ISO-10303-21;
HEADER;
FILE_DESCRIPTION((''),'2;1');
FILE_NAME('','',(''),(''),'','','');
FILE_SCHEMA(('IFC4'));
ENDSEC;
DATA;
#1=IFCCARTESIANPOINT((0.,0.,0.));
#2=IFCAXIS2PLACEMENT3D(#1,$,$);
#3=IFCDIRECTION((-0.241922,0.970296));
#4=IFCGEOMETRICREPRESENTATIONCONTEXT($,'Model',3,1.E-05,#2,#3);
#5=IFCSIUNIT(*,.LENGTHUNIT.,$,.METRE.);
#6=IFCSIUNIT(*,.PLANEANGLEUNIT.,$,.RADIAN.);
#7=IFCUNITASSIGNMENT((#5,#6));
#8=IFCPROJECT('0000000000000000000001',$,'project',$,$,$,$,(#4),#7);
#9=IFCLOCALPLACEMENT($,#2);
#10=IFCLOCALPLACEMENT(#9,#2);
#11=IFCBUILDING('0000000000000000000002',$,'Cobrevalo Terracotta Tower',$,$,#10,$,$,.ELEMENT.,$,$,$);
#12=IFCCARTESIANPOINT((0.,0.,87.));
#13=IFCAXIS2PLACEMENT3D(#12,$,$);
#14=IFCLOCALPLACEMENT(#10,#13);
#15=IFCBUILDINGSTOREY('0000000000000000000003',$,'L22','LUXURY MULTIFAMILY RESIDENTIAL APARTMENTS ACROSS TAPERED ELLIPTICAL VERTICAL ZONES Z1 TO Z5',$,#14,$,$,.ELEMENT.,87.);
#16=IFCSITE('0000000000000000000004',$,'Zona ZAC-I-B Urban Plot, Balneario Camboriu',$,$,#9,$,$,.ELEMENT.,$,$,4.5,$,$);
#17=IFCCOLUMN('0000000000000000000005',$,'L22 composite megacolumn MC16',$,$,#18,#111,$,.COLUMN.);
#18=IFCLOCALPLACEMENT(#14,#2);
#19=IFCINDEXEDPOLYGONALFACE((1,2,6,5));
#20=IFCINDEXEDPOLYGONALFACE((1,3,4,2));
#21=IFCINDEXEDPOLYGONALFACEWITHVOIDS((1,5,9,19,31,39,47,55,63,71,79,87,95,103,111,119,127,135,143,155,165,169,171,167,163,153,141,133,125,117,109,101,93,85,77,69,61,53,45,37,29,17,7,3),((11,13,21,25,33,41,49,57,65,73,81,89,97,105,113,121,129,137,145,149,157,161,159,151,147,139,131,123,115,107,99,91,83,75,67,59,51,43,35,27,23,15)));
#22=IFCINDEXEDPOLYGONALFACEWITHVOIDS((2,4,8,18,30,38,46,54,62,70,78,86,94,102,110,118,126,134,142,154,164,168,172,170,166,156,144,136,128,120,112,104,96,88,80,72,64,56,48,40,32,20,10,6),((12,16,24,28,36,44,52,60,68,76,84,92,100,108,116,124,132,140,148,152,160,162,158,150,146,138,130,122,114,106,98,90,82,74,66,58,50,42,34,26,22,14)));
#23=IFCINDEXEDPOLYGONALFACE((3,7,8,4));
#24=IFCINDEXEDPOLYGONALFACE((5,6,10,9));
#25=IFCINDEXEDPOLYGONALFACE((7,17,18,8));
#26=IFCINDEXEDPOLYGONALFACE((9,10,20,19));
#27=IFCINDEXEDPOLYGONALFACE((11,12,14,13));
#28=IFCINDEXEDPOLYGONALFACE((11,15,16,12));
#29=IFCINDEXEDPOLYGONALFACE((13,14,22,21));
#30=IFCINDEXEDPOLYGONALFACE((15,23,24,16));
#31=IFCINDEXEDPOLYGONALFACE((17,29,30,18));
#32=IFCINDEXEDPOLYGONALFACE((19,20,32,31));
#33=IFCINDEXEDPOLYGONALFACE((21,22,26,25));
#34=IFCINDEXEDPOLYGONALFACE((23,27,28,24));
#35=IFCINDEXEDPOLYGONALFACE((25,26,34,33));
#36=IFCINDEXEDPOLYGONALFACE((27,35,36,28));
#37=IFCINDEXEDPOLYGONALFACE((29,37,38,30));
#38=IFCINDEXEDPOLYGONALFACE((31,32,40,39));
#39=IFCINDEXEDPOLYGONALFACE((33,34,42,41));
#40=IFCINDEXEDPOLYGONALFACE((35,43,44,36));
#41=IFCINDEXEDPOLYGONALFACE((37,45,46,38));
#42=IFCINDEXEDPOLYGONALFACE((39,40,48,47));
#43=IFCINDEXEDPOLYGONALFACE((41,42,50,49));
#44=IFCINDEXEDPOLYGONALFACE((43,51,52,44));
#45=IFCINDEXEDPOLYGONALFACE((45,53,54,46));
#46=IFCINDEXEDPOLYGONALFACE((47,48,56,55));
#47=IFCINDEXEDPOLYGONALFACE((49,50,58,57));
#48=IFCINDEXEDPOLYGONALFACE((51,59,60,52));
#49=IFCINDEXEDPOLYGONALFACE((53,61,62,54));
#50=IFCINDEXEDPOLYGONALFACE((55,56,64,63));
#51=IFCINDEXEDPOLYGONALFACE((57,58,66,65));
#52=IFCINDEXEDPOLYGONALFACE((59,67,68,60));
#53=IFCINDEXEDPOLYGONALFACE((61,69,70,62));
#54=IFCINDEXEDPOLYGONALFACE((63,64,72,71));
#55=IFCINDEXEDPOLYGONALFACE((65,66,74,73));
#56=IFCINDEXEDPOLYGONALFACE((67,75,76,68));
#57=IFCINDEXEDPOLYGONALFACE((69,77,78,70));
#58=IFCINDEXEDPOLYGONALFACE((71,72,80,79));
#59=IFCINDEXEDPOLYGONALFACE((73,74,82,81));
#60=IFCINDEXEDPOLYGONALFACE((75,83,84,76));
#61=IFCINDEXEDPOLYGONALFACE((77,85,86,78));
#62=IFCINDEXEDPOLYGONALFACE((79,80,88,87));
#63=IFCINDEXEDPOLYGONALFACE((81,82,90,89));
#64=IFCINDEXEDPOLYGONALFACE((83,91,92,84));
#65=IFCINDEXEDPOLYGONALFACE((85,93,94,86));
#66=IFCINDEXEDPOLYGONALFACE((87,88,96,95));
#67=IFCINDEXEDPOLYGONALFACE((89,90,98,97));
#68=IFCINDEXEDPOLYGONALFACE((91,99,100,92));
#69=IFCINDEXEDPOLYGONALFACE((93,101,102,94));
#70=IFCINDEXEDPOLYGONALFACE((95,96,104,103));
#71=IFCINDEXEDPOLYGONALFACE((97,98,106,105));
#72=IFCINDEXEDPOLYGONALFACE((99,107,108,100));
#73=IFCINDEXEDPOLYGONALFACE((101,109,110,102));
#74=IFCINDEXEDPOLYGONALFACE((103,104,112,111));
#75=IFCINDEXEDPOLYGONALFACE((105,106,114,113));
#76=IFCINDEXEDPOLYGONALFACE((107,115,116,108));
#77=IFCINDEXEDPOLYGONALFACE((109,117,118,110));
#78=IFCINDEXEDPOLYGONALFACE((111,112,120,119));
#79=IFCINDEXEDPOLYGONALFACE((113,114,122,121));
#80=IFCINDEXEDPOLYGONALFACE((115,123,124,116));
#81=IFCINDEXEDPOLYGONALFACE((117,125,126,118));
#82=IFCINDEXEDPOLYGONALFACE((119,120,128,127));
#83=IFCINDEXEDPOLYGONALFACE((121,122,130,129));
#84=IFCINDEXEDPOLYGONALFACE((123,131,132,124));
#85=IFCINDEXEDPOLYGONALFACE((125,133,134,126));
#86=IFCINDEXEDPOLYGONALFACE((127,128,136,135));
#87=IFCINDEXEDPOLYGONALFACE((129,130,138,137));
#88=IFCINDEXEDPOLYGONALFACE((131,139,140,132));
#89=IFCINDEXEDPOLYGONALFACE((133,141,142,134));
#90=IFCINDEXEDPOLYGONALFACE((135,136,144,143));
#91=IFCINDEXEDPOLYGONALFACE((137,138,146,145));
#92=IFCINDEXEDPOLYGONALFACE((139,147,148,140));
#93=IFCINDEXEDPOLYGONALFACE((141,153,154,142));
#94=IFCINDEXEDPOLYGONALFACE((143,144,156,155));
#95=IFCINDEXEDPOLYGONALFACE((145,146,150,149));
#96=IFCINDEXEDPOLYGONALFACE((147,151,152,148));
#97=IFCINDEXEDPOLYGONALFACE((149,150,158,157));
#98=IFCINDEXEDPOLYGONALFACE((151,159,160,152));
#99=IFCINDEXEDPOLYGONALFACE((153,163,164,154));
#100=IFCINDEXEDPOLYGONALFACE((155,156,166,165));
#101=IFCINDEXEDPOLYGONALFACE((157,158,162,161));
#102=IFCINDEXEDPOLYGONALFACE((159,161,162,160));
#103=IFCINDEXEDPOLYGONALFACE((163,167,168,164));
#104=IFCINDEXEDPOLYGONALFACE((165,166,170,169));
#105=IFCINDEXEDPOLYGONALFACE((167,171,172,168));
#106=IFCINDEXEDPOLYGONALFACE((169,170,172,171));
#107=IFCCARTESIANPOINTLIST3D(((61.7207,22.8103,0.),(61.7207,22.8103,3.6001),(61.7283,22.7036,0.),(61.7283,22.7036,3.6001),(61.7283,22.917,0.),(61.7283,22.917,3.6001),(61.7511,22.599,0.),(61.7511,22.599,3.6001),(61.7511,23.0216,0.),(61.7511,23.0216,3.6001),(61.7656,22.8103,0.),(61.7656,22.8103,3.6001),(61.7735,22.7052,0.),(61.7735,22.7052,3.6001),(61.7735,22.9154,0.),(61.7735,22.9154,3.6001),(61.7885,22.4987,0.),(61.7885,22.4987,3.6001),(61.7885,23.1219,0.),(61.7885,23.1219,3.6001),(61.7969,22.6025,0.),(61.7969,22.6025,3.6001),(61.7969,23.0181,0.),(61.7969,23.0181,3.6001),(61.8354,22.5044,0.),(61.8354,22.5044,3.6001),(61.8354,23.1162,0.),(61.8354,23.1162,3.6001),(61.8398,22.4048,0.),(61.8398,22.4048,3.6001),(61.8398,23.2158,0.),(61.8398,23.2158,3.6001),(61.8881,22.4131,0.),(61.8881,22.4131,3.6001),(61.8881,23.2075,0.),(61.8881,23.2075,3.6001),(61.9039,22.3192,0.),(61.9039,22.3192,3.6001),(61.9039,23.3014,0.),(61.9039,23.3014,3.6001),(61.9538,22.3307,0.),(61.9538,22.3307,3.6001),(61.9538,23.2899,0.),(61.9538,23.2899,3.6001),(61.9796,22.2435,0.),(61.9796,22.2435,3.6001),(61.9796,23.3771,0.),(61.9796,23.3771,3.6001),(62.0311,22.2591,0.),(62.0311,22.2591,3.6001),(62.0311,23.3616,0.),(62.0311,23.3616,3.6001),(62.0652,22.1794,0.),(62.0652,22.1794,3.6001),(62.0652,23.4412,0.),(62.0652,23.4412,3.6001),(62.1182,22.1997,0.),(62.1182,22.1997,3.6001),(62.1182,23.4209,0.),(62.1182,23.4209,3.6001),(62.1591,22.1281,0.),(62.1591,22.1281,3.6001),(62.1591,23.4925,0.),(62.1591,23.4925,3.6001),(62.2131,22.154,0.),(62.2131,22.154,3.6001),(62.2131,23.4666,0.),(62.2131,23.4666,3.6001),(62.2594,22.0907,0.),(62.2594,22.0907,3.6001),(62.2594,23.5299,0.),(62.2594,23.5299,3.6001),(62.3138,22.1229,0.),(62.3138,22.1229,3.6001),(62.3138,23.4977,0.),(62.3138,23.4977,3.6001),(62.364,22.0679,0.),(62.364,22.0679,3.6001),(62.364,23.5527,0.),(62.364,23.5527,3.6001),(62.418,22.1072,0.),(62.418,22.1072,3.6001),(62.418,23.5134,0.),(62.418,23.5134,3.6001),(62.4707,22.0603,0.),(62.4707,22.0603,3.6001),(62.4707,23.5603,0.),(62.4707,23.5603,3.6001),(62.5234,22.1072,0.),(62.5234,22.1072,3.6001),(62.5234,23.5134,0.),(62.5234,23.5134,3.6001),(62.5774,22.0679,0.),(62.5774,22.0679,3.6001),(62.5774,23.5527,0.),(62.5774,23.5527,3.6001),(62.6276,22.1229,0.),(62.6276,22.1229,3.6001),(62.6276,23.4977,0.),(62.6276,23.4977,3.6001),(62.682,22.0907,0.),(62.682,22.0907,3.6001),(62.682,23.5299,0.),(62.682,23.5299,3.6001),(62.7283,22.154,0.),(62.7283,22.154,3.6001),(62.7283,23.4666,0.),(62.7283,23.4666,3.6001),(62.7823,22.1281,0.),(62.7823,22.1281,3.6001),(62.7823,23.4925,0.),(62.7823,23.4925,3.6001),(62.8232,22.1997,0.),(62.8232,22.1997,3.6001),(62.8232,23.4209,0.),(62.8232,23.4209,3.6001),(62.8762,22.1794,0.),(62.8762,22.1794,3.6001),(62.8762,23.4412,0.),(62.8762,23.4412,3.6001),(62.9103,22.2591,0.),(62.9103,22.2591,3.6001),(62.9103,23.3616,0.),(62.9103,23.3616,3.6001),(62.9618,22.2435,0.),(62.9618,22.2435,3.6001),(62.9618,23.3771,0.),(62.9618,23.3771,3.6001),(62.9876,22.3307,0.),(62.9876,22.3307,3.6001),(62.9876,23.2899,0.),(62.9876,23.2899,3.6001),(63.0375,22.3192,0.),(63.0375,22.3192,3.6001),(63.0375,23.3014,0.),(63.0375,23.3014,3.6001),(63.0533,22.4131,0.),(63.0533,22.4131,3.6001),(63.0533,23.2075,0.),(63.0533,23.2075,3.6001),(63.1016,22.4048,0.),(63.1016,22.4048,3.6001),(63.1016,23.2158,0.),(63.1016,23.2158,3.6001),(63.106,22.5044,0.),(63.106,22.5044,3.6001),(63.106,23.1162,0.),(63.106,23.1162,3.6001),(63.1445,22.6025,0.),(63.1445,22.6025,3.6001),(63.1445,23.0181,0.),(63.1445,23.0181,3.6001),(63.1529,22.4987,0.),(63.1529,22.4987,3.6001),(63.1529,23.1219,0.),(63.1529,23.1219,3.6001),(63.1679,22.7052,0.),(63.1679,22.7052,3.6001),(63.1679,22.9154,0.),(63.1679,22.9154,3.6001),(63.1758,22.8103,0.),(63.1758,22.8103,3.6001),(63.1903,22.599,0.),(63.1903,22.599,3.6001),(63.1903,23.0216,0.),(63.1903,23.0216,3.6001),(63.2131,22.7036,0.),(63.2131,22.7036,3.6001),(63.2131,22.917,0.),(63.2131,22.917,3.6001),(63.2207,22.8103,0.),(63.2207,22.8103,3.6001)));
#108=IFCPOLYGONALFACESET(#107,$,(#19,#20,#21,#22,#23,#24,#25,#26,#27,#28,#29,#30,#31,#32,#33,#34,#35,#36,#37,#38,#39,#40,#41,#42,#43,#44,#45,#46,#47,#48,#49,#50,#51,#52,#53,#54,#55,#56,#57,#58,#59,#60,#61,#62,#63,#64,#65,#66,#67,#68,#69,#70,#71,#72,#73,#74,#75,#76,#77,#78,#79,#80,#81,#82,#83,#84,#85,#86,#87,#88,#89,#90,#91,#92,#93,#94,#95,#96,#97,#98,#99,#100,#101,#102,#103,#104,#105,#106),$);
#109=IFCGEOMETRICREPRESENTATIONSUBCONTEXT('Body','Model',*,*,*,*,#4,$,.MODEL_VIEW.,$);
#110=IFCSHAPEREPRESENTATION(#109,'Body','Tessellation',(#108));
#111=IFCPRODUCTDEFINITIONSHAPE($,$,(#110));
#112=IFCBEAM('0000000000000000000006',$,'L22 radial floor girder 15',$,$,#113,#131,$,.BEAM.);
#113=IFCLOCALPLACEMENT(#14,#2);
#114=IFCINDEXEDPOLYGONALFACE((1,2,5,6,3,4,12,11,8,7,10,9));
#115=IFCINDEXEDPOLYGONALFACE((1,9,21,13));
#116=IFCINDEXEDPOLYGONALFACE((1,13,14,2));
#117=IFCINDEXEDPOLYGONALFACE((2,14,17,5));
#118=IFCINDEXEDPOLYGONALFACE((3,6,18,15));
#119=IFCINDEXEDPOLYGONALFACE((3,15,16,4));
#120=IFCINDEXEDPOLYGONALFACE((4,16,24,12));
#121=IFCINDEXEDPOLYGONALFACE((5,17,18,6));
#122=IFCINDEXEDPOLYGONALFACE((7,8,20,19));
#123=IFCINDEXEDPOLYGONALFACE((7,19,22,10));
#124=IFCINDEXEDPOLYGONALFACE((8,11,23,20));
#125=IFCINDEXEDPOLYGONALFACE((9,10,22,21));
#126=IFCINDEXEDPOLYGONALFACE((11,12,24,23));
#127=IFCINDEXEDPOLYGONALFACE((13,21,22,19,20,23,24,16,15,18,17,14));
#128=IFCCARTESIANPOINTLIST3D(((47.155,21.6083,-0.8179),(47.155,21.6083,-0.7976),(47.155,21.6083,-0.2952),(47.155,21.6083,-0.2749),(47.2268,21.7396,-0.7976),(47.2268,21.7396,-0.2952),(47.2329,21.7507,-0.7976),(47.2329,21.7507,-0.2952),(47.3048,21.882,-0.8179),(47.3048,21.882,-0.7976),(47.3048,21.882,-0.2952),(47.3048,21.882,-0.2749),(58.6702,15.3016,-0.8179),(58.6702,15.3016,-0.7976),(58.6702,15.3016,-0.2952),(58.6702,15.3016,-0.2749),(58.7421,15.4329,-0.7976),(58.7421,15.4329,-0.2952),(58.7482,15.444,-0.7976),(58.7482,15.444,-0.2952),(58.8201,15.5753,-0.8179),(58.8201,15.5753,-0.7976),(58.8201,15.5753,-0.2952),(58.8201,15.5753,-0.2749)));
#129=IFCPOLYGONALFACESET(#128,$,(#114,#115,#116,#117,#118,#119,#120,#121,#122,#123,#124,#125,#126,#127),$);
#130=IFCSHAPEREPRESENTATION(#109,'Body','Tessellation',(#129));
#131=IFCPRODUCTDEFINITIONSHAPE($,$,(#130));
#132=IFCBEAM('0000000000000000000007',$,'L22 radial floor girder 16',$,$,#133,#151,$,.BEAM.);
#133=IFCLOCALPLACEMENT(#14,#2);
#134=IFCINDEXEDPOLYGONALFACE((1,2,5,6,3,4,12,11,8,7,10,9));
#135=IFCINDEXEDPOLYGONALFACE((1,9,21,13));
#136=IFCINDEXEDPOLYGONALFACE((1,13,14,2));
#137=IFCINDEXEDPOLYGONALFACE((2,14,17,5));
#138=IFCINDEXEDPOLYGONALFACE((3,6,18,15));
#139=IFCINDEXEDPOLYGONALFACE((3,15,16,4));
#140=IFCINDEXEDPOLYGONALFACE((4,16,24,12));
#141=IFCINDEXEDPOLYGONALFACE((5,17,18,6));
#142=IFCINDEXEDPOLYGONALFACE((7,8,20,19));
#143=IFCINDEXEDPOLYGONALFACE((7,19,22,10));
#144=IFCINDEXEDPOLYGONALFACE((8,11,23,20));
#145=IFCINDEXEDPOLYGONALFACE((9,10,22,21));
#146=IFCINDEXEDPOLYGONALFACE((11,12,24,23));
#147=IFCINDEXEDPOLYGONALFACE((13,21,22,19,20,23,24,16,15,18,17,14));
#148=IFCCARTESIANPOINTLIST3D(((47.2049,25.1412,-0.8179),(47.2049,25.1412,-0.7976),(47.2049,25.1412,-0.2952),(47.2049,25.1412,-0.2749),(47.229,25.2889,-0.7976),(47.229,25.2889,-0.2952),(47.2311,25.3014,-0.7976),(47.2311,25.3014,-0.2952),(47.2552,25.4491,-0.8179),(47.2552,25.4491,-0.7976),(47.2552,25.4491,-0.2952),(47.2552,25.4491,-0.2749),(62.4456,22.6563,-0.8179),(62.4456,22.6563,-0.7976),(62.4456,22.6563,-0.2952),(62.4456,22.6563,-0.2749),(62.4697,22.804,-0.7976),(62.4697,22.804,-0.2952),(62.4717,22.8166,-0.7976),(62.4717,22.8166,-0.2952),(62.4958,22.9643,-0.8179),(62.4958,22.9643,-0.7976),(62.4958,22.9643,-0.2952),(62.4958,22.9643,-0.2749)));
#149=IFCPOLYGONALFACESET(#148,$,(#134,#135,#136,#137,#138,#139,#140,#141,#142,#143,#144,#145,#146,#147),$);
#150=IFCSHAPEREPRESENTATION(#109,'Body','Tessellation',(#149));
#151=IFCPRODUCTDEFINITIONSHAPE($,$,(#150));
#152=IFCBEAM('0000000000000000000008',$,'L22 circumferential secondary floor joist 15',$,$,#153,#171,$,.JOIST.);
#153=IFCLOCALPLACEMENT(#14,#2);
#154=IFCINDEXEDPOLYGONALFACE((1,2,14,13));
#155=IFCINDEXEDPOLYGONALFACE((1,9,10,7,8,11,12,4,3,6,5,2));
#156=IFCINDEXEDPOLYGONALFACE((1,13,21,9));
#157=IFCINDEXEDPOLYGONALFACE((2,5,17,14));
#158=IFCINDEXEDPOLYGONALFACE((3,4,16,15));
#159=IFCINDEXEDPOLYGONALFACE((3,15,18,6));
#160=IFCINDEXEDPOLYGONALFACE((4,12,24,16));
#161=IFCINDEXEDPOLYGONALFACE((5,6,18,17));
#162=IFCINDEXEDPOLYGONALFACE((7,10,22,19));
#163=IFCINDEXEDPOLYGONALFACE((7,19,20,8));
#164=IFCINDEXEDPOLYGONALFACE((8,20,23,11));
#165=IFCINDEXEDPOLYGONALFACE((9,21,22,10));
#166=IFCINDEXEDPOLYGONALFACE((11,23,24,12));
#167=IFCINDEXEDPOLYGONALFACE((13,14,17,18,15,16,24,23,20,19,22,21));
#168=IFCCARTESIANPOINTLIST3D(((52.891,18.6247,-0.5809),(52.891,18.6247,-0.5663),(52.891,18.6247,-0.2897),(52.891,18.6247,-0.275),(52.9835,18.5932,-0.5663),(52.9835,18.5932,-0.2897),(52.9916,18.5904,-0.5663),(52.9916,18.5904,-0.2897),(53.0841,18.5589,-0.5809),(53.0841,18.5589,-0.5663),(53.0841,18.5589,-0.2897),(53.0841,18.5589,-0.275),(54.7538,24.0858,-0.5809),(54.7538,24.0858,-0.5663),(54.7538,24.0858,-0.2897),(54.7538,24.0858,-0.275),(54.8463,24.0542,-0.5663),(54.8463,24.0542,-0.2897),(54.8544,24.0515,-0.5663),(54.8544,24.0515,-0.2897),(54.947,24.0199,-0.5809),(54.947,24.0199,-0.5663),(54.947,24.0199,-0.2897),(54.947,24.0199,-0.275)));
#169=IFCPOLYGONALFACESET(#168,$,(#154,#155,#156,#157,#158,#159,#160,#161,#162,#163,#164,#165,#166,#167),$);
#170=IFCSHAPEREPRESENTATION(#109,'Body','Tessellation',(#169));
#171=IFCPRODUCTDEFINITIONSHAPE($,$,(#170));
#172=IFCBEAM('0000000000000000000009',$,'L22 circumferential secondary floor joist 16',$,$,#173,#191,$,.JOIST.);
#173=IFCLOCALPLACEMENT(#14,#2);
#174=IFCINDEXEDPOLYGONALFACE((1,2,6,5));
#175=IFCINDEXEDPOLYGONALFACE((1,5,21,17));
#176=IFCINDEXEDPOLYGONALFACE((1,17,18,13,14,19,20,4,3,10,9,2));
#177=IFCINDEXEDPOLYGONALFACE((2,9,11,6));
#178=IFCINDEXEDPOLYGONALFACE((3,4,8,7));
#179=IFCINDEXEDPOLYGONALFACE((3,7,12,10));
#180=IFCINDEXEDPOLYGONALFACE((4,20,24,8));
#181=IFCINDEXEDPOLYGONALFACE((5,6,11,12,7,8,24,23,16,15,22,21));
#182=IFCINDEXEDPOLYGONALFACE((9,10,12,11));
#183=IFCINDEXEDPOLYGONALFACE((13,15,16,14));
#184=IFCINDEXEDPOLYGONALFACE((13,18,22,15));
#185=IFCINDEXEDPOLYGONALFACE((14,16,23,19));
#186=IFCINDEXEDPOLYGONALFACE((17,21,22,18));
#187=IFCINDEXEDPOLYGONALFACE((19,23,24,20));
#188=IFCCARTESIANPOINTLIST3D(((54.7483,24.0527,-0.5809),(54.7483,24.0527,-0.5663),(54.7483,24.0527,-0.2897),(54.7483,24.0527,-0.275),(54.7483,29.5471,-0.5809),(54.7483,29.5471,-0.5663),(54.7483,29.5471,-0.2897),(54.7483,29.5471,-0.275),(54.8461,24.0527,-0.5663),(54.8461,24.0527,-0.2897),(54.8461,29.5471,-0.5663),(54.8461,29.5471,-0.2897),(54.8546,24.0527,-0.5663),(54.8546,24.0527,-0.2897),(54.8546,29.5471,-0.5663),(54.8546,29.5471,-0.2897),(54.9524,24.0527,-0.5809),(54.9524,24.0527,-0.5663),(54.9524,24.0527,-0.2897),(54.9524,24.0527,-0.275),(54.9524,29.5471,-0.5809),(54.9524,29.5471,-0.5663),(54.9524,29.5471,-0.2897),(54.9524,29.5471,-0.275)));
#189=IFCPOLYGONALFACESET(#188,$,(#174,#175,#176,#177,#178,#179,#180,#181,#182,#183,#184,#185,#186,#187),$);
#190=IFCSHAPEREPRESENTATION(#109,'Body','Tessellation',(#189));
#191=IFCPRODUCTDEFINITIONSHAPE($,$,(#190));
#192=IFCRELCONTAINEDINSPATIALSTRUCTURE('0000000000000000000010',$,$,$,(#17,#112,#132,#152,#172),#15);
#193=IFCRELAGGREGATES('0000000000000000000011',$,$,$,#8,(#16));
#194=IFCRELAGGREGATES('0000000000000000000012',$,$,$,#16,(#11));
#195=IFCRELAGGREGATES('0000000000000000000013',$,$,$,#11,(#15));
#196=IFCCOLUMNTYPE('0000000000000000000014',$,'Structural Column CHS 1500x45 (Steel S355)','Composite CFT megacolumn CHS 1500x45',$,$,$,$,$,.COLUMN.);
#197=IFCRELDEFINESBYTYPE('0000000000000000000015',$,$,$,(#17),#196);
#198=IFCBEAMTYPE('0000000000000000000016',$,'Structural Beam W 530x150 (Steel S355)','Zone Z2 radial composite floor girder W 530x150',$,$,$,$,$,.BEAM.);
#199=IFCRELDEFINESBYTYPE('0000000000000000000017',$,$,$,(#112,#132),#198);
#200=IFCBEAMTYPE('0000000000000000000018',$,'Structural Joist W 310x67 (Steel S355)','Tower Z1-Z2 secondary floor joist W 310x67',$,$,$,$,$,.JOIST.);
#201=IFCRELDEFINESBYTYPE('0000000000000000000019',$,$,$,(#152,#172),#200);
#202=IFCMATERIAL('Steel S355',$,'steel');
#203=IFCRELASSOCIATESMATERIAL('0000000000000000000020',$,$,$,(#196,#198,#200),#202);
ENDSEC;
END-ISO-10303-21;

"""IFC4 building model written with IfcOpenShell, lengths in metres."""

from ifc_helpers import new_model, si_unit, direction, frame, origin, origin_2d, place, context, subcontext, project, spatial, hollow_circle, i_section, extrude, material, material_profile, profile_set, type_object, element, save


model = new_model("IFC4")

# Units and contexts
model_context = context("Model", 3, precision=1e-05, world=origin(), true_north=direction((-0.241922, 0.970296)))
body_context = subcontext(model_context, "Body", "Model", "MODEL_VIEW")
ifc_project = project(units=[si_unit("LENGTHUNIT", "METRE"), si_unit("PLANEANGLEUNIT", "RADIAN")], contexts=[model_context])

# Site, building, storey
site_placement = place(None, origin())
site = spatial("IfcSite", under=ifc_project, at=site_placement, Name="Zona ZAC-I-B Urban Plot, Balneario Camboriu", CompositionType="ELEMENT", RefElevation=4.5)
building_placement = place(site_placement, origin())
building = spatial("IfcBuilding", under=site, at=building_placement, Name="Cobrevalo Terracotta Tower", CompositionType="ELEMENT")
storey_placement = place(building_placement, frame((0.0, 0.0, 87.0)))
storey = spatial("IfcBuildingStorey", under=building, at=storey_placement, Name="L22", Description="LUXURY MULTIFAMILY RESIDENTIAL APARTMENTS ACROSS TAPERED ELLIPTICAL VERTICAL ZONES Z1 TO Z5", CompositionType="ELEMENT", Elevation=87.0)

# Column
ifc_material_1 = material(Name="Steel S355", Category="steel")
ifc_material_profile_1 = material_profile(ifc_material_1, hollow_circle(Radius=0.75, WallThickness=0.0449, at=origin_2d()), Name="CHS 1500x45")
ifc_profile_set_1 = profile_set([ifc_material_profile_1], Name="Steel S355")
column_type = type_object("IfcColumnType", Name="Structural Column CHS 1500x45 (Steel S355)", Description="Composite CFT megacolumn CHS 1500x45", PredefinedType="COLUMN", material=ifc_profile_set_1)
column_placement = place(storey_placement, frame((62.4707, 22.8103, 0.0), z_axis=(0.0, 0.0, 1.0), x_axis=(1.0, 0.0, 0.0)))
element("IfcColumn", 1, at=column_placement, inside=storey, type_object=column_type, Name="L22 composite megacolumn MC16", PredefinedType="COLUMN", context=body_context, shape_type="SweptSolid", body=[
    extrude(hollow_circle(Radius=0.75, WallThickness=0.0449, at=origin_2d()), origin(), (0.0, 0.0, 1.0), 3.6001),
])

# Beams
ifc_material_profile_2 = material_profile(ifc_material_1, i_section(OverallWidth=0.312, OverallDepth=0.543, WebThickness=0.0127, FlangeThickness=0.0203, at=origin_2d()), Name="W 530x150")
ifc_profile_set_2 = profile_set([ifc_material_profile_2], Name="Steel S355")
beam_type_1 = type_object("IfcBeamType", Name="Structural Beam W 530x150 (Steel S355)", Description="Zone Z2 radial composite floor girder W 530x150", PredefinedType="BEAM", material=ifc_profile_set_2)
beam_1_placement = place(storey_placement, frame((58.7451, 15.4385, -0.5464), z_axis=(-0.877073, 0.480358, 0.0), x_axis=(-0.480358, -0.877073, 0.0)))
element("IfcBeam", 2, at=beam_1_placement, inside=storey, type_object=beam_type_1, Name="L22 radial floor girder 15", PredefinedType="BEAM", context=body_context, shape_type="SweptSolid", body=[
    extrude(i_section(OverallWidth=0.312, OverallDepth=0.543, WebThickness=0.0127, FlangeThickness=0.0203, at=origin_2d()), origin(), (0.0, 0.0, 1.0), 13.1292),
])
beam_2_placement = place(storey_placement, frame((62.4707, 22.8103, -0.5464), z_axis=(-0.986968, 0.160916, 0.0), x_axis=(-0.160916, -0.986968, 0.0)))
element("IfcBeam", 3, at=beam_2_placement, inside=storey, type_object=beam_type_1, Name="L22 radial floor girder 16", PredefinedType="BEAM", context=body_context, shape_type="SweptSolid", body=[
    extrude(i_section(OverallWidth=0.312, OverallDepth=0.543, WebThickness=0.0127, FlangeThickness=0.0203, at=origin_2d()), origin(), (0.0, 0.0, 1.0), 15.4419),
])
ifc_material_profile_3 = material_profile(ifc_material_1, i_section(OverallWidth=0.2041, OverallDepth=0.3059, WebThickness=0.0085, FlangeThickness=0.0146, at=origin_2d()), Name="W 310x67")
ifc_profile_set_3 = profile_set([ifc_material_profile_3], Name="Steel S355")
beam_type_2 = type_object("IfcBeamType", Name="Structural Joist W 310x67 (Steel S355)", Description="Tower Z1-Z2 secondary floor joist W 310x67", PredefinedType="JOIST", material=ifc_profile_set_3)
beam_3_placement = place(storey_placement, frame((52.9875, 18.5918, -0.428), z_axis=(0.322846, 0.946451, 0.0), x_axis=(-0.946451, 0.322846, 0.0)))
element("IfcBeam", 4, at=beam_3_placement, inside=storey, type_object=beam_type_2, Name="L22 circumferential secondary floor joist 15", PredefinedType="JOIST", context=body_context, shape_type="SweptSolid", body=[
    extrude(i_section(OverallWidth=0.2041, OverallDepth=0.3059, WebThickness=0.0085, FlangeThickness=0.0146, at=origin_2d()), origin(), (0.0, 0.0, 1.0), 5.77),
])
beam_4_placement = place(storey_placement, frame((54.8503, 24.0527, -0.428), z_axis=(0.0, 1.0, 0.0), x_axis=(-1.0, 0.0, 0.0)))
element("IfcBeam", 5, at=beam_4_placement, inside=storey, type_object=beam_type_2, Name="L22 circumferential secondary floor joist 16", PredefinedType="JOIST", context=body_context, shape_type="SweptSolid", body=[
    extrude(i_section(OverallWidth=0.2041, OverallDepth=0.3059, WebThickness=0.0085, FlangeThickness=0.0146, at=origin_2d()), origin(), (0.0, 0.0, 1.0), 5.4944),
])

save(model, "model.ifc")
